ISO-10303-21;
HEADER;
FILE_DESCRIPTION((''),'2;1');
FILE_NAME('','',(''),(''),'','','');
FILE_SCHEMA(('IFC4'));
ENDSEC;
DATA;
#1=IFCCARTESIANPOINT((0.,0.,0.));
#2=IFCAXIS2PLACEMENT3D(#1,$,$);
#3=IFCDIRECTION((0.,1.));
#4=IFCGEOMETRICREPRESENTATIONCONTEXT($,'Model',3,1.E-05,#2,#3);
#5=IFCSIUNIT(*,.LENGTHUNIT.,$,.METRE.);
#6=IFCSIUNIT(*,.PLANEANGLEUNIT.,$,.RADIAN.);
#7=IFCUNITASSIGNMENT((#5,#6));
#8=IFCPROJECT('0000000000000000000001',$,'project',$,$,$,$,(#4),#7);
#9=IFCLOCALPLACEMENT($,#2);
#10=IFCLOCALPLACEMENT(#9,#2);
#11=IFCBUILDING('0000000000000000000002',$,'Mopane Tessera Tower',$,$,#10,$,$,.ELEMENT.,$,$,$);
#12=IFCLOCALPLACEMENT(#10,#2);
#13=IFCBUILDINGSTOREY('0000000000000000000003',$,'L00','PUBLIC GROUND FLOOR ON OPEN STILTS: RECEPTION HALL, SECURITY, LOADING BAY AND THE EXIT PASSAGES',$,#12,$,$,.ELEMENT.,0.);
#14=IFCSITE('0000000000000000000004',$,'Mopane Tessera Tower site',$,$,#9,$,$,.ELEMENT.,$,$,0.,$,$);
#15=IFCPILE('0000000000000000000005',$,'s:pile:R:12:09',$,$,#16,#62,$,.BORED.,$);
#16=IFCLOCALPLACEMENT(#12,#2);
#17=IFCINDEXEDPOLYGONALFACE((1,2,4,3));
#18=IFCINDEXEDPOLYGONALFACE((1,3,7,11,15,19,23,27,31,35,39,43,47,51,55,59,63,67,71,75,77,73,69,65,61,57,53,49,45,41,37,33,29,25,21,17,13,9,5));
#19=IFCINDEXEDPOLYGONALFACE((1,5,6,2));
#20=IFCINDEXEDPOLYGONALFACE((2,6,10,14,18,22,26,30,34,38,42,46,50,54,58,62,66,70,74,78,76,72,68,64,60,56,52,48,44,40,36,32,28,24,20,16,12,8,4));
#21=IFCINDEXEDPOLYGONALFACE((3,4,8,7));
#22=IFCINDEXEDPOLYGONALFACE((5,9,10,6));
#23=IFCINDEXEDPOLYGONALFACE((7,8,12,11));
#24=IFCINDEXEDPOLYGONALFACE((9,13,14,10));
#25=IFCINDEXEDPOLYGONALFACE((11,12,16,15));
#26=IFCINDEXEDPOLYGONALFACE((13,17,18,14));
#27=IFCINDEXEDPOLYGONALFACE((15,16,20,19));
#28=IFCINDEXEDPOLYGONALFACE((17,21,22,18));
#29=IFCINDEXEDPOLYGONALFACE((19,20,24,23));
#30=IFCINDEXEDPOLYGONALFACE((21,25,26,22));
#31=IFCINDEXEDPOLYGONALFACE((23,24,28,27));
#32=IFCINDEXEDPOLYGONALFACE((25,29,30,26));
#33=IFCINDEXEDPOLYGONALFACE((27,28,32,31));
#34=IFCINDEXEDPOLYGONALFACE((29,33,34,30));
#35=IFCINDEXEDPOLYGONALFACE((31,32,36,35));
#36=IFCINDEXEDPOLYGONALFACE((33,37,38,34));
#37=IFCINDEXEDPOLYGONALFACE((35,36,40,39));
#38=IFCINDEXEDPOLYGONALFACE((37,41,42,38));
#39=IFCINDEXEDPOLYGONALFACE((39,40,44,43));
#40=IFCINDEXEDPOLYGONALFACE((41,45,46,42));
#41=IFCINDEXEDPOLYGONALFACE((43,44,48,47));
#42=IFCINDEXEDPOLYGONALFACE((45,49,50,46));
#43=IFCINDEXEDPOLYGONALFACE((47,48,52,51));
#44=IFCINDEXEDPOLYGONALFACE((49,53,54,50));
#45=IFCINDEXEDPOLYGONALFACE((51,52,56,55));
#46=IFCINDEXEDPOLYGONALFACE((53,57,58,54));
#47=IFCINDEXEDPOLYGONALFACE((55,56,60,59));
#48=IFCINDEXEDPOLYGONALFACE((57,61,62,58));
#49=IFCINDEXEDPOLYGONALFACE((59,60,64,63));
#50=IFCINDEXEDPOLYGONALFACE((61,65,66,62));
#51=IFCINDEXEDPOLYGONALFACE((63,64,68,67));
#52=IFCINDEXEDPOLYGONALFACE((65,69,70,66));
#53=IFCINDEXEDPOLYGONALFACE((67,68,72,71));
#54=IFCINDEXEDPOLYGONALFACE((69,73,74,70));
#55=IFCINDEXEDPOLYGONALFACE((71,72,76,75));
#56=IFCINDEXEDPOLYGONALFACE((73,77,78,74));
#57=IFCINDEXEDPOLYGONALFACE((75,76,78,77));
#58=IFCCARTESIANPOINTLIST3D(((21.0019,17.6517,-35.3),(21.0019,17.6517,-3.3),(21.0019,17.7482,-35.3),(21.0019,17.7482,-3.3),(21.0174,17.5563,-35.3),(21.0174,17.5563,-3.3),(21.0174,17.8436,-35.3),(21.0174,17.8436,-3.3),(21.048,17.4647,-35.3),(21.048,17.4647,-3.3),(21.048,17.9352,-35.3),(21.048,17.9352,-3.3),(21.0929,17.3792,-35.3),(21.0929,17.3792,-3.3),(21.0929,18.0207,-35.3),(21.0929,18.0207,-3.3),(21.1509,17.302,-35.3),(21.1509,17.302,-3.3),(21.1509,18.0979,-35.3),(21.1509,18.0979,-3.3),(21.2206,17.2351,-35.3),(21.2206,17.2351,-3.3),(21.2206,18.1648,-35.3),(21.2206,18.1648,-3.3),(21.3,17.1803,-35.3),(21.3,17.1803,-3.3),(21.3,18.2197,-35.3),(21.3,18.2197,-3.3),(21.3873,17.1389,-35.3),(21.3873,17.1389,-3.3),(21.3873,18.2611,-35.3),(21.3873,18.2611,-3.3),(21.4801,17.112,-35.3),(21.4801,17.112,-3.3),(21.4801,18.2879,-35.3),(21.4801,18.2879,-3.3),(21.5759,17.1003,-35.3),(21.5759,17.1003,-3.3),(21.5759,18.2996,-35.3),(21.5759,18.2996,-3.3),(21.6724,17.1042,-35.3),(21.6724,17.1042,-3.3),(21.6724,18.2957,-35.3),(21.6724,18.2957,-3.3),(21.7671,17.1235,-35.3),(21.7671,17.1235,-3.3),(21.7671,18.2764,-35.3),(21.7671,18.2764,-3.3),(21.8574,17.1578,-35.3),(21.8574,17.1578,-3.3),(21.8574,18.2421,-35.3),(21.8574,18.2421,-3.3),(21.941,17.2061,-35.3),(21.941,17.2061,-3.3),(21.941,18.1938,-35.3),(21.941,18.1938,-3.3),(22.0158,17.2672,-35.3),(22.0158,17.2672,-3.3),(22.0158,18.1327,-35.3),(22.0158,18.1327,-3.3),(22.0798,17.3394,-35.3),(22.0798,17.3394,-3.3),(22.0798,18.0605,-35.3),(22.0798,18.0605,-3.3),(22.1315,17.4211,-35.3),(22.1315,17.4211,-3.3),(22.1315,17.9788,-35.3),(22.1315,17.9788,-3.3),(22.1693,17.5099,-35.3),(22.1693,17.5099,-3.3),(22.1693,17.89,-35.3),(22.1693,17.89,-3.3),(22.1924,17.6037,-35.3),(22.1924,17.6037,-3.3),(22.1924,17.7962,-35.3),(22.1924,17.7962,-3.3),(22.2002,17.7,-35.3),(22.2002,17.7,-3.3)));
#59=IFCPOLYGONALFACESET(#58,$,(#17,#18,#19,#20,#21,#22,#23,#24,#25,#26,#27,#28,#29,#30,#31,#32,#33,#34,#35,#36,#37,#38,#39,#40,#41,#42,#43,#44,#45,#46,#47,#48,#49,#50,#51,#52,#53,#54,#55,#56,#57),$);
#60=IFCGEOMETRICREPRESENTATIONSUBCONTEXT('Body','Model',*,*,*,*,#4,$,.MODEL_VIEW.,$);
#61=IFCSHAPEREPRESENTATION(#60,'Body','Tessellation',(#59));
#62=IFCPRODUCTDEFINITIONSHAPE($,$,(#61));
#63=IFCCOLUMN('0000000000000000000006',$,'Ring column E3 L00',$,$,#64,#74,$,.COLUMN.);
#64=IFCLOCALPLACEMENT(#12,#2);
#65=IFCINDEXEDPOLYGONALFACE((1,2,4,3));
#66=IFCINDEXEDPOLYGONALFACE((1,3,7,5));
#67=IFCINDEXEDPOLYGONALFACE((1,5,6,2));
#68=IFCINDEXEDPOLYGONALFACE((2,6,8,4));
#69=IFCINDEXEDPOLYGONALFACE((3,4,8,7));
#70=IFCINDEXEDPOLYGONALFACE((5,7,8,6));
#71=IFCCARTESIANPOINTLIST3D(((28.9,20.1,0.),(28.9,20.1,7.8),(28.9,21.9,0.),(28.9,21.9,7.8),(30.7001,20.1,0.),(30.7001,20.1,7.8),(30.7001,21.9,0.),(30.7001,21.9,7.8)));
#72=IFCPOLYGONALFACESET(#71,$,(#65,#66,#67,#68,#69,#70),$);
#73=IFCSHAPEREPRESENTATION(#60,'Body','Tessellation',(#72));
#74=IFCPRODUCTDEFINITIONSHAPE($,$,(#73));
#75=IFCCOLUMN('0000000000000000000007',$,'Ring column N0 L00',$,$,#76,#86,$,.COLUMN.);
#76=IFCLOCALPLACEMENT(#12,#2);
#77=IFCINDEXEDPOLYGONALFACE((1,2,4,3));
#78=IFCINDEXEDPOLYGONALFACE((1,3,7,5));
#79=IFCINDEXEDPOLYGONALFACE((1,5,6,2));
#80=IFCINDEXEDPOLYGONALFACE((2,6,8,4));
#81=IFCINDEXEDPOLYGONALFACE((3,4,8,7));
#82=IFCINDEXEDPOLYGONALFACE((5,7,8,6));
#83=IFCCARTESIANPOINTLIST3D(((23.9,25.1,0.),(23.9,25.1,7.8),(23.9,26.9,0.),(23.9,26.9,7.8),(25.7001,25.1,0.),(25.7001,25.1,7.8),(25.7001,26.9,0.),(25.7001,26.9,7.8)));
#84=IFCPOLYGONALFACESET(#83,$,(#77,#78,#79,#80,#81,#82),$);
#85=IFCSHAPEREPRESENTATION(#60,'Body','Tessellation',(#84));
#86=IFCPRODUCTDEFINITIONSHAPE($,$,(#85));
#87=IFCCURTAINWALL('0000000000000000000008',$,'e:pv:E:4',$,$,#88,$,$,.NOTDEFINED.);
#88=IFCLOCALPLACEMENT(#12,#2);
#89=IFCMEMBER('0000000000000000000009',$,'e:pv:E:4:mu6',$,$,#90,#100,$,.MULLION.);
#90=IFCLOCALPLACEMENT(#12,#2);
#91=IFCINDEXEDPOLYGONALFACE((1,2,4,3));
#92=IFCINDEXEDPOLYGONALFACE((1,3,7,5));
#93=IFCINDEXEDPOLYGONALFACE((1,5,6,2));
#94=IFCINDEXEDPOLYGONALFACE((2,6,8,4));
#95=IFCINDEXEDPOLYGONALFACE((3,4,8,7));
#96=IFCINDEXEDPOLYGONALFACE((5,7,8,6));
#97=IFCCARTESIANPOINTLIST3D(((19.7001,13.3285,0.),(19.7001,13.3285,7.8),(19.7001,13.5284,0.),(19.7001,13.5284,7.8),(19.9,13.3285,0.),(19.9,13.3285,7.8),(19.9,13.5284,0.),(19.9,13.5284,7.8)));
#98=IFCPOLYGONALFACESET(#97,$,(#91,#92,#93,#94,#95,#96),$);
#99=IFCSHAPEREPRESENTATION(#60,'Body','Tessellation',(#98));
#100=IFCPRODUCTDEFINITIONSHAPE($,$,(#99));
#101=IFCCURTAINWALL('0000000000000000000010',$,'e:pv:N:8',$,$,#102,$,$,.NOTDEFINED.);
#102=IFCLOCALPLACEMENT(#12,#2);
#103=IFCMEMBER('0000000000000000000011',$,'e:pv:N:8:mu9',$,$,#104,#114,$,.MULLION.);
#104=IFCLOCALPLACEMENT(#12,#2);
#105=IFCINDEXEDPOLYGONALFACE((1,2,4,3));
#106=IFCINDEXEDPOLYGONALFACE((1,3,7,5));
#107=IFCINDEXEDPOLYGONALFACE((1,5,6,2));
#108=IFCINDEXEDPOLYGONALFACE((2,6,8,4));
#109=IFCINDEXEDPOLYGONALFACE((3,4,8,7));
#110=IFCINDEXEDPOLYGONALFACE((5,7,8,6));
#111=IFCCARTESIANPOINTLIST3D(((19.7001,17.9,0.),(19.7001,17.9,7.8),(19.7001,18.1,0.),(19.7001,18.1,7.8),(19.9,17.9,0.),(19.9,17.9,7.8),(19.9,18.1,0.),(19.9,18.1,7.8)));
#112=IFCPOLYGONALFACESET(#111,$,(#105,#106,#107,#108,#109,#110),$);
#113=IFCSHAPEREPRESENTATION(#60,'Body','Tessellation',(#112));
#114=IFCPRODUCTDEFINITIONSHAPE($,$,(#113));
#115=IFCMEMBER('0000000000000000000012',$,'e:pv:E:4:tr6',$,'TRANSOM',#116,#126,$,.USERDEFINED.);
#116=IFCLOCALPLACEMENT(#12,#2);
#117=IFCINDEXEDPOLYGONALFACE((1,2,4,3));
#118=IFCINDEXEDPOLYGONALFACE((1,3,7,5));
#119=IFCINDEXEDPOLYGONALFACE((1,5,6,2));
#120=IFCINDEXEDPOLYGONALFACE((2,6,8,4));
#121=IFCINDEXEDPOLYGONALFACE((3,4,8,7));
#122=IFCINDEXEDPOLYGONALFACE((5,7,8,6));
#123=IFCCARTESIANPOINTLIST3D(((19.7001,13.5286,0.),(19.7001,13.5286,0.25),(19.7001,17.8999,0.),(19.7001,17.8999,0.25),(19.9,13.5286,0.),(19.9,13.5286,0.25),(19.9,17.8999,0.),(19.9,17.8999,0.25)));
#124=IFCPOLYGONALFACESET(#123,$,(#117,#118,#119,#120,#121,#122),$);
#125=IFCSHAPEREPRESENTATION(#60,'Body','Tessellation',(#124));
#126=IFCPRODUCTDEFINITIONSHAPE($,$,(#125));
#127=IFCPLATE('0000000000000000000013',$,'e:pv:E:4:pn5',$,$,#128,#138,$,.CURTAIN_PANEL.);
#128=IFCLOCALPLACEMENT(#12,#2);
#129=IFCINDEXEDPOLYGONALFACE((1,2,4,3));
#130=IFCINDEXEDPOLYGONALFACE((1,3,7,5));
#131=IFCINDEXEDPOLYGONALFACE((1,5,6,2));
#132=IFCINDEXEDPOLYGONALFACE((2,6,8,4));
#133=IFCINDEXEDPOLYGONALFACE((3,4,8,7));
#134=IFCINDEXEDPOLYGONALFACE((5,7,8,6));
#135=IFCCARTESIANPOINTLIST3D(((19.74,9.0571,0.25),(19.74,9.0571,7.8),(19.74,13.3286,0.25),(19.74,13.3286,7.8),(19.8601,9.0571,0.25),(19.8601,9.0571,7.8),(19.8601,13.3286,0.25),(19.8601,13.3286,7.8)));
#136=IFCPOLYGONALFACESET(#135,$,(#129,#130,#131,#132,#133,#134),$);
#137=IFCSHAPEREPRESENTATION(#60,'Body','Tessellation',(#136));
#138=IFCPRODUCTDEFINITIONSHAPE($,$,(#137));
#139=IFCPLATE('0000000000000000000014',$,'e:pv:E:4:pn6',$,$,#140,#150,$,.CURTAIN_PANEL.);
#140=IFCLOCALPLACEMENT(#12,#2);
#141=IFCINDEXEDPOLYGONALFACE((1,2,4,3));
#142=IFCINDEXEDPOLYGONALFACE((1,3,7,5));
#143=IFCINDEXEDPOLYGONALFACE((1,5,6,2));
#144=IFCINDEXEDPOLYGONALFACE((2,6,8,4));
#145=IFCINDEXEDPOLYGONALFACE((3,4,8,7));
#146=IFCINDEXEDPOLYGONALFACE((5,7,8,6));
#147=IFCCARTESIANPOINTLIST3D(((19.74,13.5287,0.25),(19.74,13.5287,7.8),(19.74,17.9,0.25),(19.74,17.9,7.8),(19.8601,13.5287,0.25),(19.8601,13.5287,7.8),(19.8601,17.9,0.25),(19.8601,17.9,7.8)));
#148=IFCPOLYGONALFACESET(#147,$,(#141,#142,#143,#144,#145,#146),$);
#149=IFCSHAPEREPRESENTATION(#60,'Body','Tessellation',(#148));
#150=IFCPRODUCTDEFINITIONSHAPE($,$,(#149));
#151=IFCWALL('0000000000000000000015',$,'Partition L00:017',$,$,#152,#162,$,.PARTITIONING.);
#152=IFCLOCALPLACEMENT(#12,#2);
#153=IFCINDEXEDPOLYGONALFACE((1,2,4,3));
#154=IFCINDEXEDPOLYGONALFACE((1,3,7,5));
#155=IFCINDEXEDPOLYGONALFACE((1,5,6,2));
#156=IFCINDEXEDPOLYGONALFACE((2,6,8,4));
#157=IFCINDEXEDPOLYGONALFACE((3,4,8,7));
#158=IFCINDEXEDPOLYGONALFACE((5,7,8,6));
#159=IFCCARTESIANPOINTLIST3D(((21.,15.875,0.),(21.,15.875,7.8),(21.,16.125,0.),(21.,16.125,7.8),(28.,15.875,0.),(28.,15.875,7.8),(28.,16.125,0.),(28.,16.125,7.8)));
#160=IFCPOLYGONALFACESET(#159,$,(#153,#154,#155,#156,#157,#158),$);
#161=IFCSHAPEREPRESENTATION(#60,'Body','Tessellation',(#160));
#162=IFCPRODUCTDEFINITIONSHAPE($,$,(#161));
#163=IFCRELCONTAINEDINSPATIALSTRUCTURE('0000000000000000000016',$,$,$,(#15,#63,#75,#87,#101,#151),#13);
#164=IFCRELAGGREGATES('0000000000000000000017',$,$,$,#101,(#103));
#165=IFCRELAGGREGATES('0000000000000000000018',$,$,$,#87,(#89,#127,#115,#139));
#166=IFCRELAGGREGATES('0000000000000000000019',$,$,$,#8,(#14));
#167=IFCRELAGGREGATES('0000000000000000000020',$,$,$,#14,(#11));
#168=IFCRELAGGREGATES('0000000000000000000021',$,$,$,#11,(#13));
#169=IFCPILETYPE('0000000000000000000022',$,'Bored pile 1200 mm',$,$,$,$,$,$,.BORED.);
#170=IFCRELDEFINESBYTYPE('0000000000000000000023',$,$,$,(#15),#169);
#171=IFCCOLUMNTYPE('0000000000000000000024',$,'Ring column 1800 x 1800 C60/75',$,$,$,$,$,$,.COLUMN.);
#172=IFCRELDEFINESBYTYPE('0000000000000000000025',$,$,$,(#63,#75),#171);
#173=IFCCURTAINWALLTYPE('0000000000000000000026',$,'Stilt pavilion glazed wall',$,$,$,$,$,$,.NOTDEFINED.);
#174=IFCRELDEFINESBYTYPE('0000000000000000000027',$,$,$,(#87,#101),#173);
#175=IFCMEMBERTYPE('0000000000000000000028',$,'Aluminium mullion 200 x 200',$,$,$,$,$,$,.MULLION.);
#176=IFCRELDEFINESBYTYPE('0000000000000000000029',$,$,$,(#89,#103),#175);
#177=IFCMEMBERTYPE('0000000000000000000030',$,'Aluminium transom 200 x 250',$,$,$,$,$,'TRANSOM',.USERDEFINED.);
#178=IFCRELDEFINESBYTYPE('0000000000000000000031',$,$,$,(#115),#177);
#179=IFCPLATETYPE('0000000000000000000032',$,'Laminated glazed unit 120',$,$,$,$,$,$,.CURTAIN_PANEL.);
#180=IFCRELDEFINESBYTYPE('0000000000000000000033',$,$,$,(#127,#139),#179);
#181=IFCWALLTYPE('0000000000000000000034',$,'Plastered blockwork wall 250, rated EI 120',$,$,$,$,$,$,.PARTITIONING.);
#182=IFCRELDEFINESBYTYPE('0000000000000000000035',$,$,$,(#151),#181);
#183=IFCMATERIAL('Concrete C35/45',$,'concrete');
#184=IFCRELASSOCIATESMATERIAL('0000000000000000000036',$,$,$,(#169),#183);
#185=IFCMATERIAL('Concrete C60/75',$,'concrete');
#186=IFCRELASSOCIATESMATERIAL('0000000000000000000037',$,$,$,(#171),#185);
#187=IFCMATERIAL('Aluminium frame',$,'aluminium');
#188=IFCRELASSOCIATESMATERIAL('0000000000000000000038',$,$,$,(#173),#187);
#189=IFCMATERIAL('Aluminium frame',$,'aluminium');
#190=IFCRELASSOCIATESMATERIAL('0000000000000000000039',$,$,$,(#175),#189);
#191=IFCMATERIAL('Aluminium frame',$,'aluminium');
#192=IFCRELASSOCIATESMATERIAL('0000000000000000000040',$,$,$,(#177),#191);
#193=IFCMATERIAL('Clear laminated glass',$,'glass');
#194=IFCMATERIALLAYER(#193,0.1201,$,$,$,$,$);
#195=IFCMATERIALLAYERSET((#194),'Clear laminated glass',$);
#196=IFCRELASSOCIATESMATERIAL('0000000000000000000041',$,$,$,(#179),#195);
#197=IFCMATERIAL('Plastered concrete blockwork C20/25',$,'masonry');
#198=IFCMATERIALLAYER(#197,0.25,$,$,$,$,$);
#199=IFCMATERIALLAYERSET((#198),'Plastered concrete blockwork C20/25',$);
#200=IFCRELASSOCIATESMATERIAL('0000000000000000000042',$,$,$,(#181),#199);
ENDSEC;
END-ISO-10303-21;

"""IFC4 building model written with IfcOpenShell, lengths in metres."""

from ifc_helpers import new_model, si_unit, direction, frame, frame_2d, origin, origin_2d, place, context, subcontext, project, spatial, rectangle, circle, extrude, material, layer, layer_set, material_profile, profile_set, type_object, element, aggregate, save


model = new_model("IFC4")

# Units and contexts
model_context = context("Model", 3, precision=1e-05, world=origin(), true_north=direction((0.0, 1.0)))
body_context = subcontext(model_context, "Body", "Model", "MODEL_VIEW")
ifc_project = project(units=[si_unit("LENGTHUNIT", "METRE"), si_unit("PLANEANGLEUNIT", "RADIAN")], contexts=[model_context])

# Site, building, storey
site_placement = place(None, origin())
site = spatial("IfcSite", under=ifc_project, at=site_placement, Name="Mopane Tessera Tower site", CompositionType="ELEMENT", RefElevation=0.0)
building_placement = place(site_placement, origin())
building = spatial("IfcBuilding", under=site, at=building_placement, Name="Mopane Tessera Tower", CompositionType="ELEMENT")
storey_placement = place(building_placement, origin())
storey = spatial("IfcBuildingStorey", under=building, at=storey_placement, Name="L00", Description="PUBLIC GROUND FLOOR ON OPEN STILTS: RECEPTION HALL, SECURITY, LOADING BAY AND THE EXIT PASSAGES", CompositionType="ELEMENT", Elevation=0.0)

# Pile
ifc_material_1 = material(Name="Concrete C35/45", Category="concrete")
ifc_material_profile_1 = material_profile(ifc_material_1, circle(Radius=0.6001, at=origin_2d()))
ifc_profile_set_1 = profile_set([ifc_material_profile_1], Name="Concrete C35/45")
pile_type_1 = type_object("IfcPileType", Name="Bored pile 1200 mm", PredefinedType="BORED", material=ifc_profile_set_1)
for number, where, z_axis, x_axis, name in (
    (1, (21.6001, 17.7, -3.3), (0.0, 0.0, -1.0), (1.0, 0.0, 0.0), "s:pile:R:12:09"),
):
    element("IfcPile", number, at=place(storey_placement, frame(where, z_axis=z_axis, x_axis=x_axis)), inside=storey, type_object=pile_type_1, Name=name, PredefinedType="BORED", context=body_context, shape_type="SweptSolid", body=[
        extrude(circle(Radius=0.6001, at=origin_2d()), origin(), (0.0, 0.0, 1.0), 32.0),
    ])

# Columns
ifc_material_2 = material(Name="Concrete C60/75", Category="concrete")
ifc_material_profile_2 = material_profile(ifc_material_2, rectangle(XDim=1.8, YDim=1.8, at=origin_2d()))
ifc_profile_set_2 = profile_set([ifc_material_profile_2], Name="Concrete C60/75")
column_type = type_object("IfcColumnType", Name="Ring column 1800 x 1800 C60/75", PredefinedType="COLUMN", material=ifc_profile_set_2)
for number, where, z_axis, x_axis, name in (
    (2, (29.8, 21.0, 0.0), (0.0, 0.0, 1.0), (1.0, 0.0, 0.0), "Ring column E3 L00"),
    (3, (24.8, 26.0, 0.0), (0.0, 0.0, 1.0), (1.0, 0.0, 0.0), "Ring column N0 L00"),
):
    element("IfcColumn", number, at=place(storey_placement, frame(where, z_axis=z_axis, x_axis=x_axis)), inside=storey, type_object=column_type, Name=name, PredefinedType="COLUMN", context=body_context, shape_type="SweptSolid", body=[
        extrude(rectangle(XDim=1.8, YDim=1.8, at=origin_2d()), origin(), (0.0, 0.0, 1.0), 7.8),
    ])

# Curtain walls, members
ifc_material_3 = material(Name="Aluminium frame", Category="aluminium")
curtain_wall_type = type_object("IfcCurtainWallType", Name="Stilt pavilion glazed wall", PredefinedType="NOTDEFINED", material=ifc_material_3)
curtain_wall_1_placement = place(storey_placement, origin())
curtain_wall_1 = element("IfcCurtainWall", 4, at=curtain_wall_1_placement, inside=storey, type_object=curtain_wall_type, Name="e:pv:E:4", PredefinedType="NOTDEFINED")
ifc_material_4 = material(Name="Aluminium frame", Category="aluminium")
ifc_material_profile_3 = material_profile(ifc_material_4, rectangle(XDim=0.2, YDim=0.2, at=origin_2d()))
ifc_profile_set_3 = profile_set([ifc_material_profile_3], Name="Aluminium frame")
member_type_1 = type_object("IfcMemberType", Name="Aluminium mullion 200 x 200", PredefinedType="MULLION", material=ifc_profile_set_3)
member_1_placement = place(storey_placement, frame((19.8, 13.4285, 0.0), z_axis=(0.0, 0.0, 1.0), x_axis=(0.0, 1.0, 0.0)))
member_1 = element("IfcMember", 5, at=member_1_placement, type_object=member_type_1, Name="e:pv:E:4:mu6", PredefinedType="MULLION", context=body_context, shape_type="SweptSolid", body=[
    extrude(rectangle(XDim=0.2, YDim=0.2, at=origin_2d()), origin(), (0.0, 0.0, 1.0), 7.8),
])
curtain_wall_2_placement = place(storey_placement, origin())
curtain_wall_2 = element("IfcCurtainWall", 6, at=curtain_wall_2_placement, inside=storey, type_object=curtain_wall_type, Name="e:pv:N:8", PredefinedType="NOTDEFINED")
member_2_placement = place(storey_placement, frame((19.8, 18.0, 0.0), z_axis=(0.0, 0.0, 1.0), x_axis=(1.0, 0.0, 0.0)))
member_2 = element("IfcMember", 7, at=member_2_placement, type_object=member_type_1, Name="e:pv:N:8:mu9", PredefinedType="MULLION", context=body_context, shape_type="SweptSolid", body=[
    extrude(rectangle(XDim=0.2, YDim=0.2, at=origin_2d()), origin(), (0.0, 0.0, 1.0), 7.8),
])
aggregate(curtain_wall_2, [member_2])

# Member
ifc_material_5 = material(Name="Aluminium frame", Category="aluminium")
ifc_material_profile_4 = material_profile(ifc_material_5, rectangle(XDim=0.2, YDim=0.25, at=origin_2d()))
ifc_profile_set_4 = profile_set([ifc_material_profile_4], Name="Aluminium frame")
member_type_2 = type_object("IfcMemberType", Name="Aluminium transom 200 x 250", ElementType="TRANSOM", PredefinedType="USERDEFINED", material=ifc_profile_set_4)
member_3_placement = place(storey_placement, frame((19.8, 13.5286, 0.125), z_axis=(0.0, 1.0, 0.0), x_axis=(-1.0, 0.0, 0.0)))
member_3 = element("IfcMember", 8, at=member_3_placement, type_object=member_type_2, Name="e:pv:E:4:tr6", ObjectType="TRANSOM", PredefinedType="USERDEFINED", context=body_context, shape_type="SweptSolid", body=[
    extrude(rectangle(XDim=0.2, YDim=0.25, at=origin_2d()), origin(), (0.0, 0.0, 1.0), 4.3713),
])

# Plates
ifc_material_6 = material(Name="Clear laminated glass", Category="glass")
ifc_layer_1 = layer(ifc_material_6, 0.1201)
ifc_layer_set_1 = layer_set([ifc_layer_1], Name="Clear laminated glass")
plate_type = type_object("IfcPlateType", Name="Laminated glazed unit 120", PredefinedType="CURTAIN_PANEL", material=ifc_layer_set_1)
plate_1_placement = place(storey_placement, frame((19.8, 11.1929, 0.25), z_axis=(0.0, 0.0, 1.0), x_axis=(0.0, 1.0, 0.0)))
plate_1 = element("IfcPlate", 9, at=plate_1_placement, type_object=plate_type, Name="e:pv:E:4:pn5", PredefinedType="CURTAIN_PANEL", context=body_context, shape_type="SweptSolid", body=[
    extrude(rectangle(XDim=4.2715, YDim=0.1201, at=origin_2d()), origin(), (0.0, 0.0, 1.0), 7.55),
])
plate_2_placement = place(storey_placement, frame((19.8, 15.7144, 0.25), z_axis=(0.0, 0.0, 1.0), x_axis=(0.0, 1.0, 0.0)))
plate_2 = element("IfcPlate", 10, at=plate_2_placement, type_object=plate_type, Name="e:pv:E:4:pn6", PredefinedType="CURTAIN_PANEL", context=body_context, shape_type="SweptSolid", body=[
    extrude(rectangle(XDim=4.3713, YDim=0.1201, at=origin_2d()), origin(), (0.0, 0.0, 1.0), 7.55),
])
aggregate(curtain_wall_1, [member_1, plate_1, member_3, plate_2])

# Wall
ifc_material_7 = material(Name="Plastered concrete blockwork C20/25", Category="masonry")
ifc_layer_2 = layer(ifc_material_7, 0.25)
ifc_layer_set_2 = layer_set([ifc_layer_2], Name="Plastered concrete blockwork C20/25")
wall_type = type_object("IfcWallType", Name="Plastered blockwork wall 250, rated EI 120", PredefinedType="PARTITIONING", material=ifc_layer_set_2)
wall_placement = place(storey_placement, frame((21.0, 16.0, 0.0), z_axis=(0.0, 0.0, 1.0), x_axis=(1.0, 0.0, 0.0)))
element("IfcWall", 11, at=wall_placement, inside=storey, type_object=wall_type, Name="Partition L00:017", PredefinedType="PARTITIONING", context=body_context, shape_type="SweptSolid", body=[
    extrude(rectangle(XDim=7.0, YDim=0.25, at=frame_2d((3.5, 0.0))), origin(), (0.0, 0.0, 1.0), 7.8),
])

save(model, "model.ifc")
